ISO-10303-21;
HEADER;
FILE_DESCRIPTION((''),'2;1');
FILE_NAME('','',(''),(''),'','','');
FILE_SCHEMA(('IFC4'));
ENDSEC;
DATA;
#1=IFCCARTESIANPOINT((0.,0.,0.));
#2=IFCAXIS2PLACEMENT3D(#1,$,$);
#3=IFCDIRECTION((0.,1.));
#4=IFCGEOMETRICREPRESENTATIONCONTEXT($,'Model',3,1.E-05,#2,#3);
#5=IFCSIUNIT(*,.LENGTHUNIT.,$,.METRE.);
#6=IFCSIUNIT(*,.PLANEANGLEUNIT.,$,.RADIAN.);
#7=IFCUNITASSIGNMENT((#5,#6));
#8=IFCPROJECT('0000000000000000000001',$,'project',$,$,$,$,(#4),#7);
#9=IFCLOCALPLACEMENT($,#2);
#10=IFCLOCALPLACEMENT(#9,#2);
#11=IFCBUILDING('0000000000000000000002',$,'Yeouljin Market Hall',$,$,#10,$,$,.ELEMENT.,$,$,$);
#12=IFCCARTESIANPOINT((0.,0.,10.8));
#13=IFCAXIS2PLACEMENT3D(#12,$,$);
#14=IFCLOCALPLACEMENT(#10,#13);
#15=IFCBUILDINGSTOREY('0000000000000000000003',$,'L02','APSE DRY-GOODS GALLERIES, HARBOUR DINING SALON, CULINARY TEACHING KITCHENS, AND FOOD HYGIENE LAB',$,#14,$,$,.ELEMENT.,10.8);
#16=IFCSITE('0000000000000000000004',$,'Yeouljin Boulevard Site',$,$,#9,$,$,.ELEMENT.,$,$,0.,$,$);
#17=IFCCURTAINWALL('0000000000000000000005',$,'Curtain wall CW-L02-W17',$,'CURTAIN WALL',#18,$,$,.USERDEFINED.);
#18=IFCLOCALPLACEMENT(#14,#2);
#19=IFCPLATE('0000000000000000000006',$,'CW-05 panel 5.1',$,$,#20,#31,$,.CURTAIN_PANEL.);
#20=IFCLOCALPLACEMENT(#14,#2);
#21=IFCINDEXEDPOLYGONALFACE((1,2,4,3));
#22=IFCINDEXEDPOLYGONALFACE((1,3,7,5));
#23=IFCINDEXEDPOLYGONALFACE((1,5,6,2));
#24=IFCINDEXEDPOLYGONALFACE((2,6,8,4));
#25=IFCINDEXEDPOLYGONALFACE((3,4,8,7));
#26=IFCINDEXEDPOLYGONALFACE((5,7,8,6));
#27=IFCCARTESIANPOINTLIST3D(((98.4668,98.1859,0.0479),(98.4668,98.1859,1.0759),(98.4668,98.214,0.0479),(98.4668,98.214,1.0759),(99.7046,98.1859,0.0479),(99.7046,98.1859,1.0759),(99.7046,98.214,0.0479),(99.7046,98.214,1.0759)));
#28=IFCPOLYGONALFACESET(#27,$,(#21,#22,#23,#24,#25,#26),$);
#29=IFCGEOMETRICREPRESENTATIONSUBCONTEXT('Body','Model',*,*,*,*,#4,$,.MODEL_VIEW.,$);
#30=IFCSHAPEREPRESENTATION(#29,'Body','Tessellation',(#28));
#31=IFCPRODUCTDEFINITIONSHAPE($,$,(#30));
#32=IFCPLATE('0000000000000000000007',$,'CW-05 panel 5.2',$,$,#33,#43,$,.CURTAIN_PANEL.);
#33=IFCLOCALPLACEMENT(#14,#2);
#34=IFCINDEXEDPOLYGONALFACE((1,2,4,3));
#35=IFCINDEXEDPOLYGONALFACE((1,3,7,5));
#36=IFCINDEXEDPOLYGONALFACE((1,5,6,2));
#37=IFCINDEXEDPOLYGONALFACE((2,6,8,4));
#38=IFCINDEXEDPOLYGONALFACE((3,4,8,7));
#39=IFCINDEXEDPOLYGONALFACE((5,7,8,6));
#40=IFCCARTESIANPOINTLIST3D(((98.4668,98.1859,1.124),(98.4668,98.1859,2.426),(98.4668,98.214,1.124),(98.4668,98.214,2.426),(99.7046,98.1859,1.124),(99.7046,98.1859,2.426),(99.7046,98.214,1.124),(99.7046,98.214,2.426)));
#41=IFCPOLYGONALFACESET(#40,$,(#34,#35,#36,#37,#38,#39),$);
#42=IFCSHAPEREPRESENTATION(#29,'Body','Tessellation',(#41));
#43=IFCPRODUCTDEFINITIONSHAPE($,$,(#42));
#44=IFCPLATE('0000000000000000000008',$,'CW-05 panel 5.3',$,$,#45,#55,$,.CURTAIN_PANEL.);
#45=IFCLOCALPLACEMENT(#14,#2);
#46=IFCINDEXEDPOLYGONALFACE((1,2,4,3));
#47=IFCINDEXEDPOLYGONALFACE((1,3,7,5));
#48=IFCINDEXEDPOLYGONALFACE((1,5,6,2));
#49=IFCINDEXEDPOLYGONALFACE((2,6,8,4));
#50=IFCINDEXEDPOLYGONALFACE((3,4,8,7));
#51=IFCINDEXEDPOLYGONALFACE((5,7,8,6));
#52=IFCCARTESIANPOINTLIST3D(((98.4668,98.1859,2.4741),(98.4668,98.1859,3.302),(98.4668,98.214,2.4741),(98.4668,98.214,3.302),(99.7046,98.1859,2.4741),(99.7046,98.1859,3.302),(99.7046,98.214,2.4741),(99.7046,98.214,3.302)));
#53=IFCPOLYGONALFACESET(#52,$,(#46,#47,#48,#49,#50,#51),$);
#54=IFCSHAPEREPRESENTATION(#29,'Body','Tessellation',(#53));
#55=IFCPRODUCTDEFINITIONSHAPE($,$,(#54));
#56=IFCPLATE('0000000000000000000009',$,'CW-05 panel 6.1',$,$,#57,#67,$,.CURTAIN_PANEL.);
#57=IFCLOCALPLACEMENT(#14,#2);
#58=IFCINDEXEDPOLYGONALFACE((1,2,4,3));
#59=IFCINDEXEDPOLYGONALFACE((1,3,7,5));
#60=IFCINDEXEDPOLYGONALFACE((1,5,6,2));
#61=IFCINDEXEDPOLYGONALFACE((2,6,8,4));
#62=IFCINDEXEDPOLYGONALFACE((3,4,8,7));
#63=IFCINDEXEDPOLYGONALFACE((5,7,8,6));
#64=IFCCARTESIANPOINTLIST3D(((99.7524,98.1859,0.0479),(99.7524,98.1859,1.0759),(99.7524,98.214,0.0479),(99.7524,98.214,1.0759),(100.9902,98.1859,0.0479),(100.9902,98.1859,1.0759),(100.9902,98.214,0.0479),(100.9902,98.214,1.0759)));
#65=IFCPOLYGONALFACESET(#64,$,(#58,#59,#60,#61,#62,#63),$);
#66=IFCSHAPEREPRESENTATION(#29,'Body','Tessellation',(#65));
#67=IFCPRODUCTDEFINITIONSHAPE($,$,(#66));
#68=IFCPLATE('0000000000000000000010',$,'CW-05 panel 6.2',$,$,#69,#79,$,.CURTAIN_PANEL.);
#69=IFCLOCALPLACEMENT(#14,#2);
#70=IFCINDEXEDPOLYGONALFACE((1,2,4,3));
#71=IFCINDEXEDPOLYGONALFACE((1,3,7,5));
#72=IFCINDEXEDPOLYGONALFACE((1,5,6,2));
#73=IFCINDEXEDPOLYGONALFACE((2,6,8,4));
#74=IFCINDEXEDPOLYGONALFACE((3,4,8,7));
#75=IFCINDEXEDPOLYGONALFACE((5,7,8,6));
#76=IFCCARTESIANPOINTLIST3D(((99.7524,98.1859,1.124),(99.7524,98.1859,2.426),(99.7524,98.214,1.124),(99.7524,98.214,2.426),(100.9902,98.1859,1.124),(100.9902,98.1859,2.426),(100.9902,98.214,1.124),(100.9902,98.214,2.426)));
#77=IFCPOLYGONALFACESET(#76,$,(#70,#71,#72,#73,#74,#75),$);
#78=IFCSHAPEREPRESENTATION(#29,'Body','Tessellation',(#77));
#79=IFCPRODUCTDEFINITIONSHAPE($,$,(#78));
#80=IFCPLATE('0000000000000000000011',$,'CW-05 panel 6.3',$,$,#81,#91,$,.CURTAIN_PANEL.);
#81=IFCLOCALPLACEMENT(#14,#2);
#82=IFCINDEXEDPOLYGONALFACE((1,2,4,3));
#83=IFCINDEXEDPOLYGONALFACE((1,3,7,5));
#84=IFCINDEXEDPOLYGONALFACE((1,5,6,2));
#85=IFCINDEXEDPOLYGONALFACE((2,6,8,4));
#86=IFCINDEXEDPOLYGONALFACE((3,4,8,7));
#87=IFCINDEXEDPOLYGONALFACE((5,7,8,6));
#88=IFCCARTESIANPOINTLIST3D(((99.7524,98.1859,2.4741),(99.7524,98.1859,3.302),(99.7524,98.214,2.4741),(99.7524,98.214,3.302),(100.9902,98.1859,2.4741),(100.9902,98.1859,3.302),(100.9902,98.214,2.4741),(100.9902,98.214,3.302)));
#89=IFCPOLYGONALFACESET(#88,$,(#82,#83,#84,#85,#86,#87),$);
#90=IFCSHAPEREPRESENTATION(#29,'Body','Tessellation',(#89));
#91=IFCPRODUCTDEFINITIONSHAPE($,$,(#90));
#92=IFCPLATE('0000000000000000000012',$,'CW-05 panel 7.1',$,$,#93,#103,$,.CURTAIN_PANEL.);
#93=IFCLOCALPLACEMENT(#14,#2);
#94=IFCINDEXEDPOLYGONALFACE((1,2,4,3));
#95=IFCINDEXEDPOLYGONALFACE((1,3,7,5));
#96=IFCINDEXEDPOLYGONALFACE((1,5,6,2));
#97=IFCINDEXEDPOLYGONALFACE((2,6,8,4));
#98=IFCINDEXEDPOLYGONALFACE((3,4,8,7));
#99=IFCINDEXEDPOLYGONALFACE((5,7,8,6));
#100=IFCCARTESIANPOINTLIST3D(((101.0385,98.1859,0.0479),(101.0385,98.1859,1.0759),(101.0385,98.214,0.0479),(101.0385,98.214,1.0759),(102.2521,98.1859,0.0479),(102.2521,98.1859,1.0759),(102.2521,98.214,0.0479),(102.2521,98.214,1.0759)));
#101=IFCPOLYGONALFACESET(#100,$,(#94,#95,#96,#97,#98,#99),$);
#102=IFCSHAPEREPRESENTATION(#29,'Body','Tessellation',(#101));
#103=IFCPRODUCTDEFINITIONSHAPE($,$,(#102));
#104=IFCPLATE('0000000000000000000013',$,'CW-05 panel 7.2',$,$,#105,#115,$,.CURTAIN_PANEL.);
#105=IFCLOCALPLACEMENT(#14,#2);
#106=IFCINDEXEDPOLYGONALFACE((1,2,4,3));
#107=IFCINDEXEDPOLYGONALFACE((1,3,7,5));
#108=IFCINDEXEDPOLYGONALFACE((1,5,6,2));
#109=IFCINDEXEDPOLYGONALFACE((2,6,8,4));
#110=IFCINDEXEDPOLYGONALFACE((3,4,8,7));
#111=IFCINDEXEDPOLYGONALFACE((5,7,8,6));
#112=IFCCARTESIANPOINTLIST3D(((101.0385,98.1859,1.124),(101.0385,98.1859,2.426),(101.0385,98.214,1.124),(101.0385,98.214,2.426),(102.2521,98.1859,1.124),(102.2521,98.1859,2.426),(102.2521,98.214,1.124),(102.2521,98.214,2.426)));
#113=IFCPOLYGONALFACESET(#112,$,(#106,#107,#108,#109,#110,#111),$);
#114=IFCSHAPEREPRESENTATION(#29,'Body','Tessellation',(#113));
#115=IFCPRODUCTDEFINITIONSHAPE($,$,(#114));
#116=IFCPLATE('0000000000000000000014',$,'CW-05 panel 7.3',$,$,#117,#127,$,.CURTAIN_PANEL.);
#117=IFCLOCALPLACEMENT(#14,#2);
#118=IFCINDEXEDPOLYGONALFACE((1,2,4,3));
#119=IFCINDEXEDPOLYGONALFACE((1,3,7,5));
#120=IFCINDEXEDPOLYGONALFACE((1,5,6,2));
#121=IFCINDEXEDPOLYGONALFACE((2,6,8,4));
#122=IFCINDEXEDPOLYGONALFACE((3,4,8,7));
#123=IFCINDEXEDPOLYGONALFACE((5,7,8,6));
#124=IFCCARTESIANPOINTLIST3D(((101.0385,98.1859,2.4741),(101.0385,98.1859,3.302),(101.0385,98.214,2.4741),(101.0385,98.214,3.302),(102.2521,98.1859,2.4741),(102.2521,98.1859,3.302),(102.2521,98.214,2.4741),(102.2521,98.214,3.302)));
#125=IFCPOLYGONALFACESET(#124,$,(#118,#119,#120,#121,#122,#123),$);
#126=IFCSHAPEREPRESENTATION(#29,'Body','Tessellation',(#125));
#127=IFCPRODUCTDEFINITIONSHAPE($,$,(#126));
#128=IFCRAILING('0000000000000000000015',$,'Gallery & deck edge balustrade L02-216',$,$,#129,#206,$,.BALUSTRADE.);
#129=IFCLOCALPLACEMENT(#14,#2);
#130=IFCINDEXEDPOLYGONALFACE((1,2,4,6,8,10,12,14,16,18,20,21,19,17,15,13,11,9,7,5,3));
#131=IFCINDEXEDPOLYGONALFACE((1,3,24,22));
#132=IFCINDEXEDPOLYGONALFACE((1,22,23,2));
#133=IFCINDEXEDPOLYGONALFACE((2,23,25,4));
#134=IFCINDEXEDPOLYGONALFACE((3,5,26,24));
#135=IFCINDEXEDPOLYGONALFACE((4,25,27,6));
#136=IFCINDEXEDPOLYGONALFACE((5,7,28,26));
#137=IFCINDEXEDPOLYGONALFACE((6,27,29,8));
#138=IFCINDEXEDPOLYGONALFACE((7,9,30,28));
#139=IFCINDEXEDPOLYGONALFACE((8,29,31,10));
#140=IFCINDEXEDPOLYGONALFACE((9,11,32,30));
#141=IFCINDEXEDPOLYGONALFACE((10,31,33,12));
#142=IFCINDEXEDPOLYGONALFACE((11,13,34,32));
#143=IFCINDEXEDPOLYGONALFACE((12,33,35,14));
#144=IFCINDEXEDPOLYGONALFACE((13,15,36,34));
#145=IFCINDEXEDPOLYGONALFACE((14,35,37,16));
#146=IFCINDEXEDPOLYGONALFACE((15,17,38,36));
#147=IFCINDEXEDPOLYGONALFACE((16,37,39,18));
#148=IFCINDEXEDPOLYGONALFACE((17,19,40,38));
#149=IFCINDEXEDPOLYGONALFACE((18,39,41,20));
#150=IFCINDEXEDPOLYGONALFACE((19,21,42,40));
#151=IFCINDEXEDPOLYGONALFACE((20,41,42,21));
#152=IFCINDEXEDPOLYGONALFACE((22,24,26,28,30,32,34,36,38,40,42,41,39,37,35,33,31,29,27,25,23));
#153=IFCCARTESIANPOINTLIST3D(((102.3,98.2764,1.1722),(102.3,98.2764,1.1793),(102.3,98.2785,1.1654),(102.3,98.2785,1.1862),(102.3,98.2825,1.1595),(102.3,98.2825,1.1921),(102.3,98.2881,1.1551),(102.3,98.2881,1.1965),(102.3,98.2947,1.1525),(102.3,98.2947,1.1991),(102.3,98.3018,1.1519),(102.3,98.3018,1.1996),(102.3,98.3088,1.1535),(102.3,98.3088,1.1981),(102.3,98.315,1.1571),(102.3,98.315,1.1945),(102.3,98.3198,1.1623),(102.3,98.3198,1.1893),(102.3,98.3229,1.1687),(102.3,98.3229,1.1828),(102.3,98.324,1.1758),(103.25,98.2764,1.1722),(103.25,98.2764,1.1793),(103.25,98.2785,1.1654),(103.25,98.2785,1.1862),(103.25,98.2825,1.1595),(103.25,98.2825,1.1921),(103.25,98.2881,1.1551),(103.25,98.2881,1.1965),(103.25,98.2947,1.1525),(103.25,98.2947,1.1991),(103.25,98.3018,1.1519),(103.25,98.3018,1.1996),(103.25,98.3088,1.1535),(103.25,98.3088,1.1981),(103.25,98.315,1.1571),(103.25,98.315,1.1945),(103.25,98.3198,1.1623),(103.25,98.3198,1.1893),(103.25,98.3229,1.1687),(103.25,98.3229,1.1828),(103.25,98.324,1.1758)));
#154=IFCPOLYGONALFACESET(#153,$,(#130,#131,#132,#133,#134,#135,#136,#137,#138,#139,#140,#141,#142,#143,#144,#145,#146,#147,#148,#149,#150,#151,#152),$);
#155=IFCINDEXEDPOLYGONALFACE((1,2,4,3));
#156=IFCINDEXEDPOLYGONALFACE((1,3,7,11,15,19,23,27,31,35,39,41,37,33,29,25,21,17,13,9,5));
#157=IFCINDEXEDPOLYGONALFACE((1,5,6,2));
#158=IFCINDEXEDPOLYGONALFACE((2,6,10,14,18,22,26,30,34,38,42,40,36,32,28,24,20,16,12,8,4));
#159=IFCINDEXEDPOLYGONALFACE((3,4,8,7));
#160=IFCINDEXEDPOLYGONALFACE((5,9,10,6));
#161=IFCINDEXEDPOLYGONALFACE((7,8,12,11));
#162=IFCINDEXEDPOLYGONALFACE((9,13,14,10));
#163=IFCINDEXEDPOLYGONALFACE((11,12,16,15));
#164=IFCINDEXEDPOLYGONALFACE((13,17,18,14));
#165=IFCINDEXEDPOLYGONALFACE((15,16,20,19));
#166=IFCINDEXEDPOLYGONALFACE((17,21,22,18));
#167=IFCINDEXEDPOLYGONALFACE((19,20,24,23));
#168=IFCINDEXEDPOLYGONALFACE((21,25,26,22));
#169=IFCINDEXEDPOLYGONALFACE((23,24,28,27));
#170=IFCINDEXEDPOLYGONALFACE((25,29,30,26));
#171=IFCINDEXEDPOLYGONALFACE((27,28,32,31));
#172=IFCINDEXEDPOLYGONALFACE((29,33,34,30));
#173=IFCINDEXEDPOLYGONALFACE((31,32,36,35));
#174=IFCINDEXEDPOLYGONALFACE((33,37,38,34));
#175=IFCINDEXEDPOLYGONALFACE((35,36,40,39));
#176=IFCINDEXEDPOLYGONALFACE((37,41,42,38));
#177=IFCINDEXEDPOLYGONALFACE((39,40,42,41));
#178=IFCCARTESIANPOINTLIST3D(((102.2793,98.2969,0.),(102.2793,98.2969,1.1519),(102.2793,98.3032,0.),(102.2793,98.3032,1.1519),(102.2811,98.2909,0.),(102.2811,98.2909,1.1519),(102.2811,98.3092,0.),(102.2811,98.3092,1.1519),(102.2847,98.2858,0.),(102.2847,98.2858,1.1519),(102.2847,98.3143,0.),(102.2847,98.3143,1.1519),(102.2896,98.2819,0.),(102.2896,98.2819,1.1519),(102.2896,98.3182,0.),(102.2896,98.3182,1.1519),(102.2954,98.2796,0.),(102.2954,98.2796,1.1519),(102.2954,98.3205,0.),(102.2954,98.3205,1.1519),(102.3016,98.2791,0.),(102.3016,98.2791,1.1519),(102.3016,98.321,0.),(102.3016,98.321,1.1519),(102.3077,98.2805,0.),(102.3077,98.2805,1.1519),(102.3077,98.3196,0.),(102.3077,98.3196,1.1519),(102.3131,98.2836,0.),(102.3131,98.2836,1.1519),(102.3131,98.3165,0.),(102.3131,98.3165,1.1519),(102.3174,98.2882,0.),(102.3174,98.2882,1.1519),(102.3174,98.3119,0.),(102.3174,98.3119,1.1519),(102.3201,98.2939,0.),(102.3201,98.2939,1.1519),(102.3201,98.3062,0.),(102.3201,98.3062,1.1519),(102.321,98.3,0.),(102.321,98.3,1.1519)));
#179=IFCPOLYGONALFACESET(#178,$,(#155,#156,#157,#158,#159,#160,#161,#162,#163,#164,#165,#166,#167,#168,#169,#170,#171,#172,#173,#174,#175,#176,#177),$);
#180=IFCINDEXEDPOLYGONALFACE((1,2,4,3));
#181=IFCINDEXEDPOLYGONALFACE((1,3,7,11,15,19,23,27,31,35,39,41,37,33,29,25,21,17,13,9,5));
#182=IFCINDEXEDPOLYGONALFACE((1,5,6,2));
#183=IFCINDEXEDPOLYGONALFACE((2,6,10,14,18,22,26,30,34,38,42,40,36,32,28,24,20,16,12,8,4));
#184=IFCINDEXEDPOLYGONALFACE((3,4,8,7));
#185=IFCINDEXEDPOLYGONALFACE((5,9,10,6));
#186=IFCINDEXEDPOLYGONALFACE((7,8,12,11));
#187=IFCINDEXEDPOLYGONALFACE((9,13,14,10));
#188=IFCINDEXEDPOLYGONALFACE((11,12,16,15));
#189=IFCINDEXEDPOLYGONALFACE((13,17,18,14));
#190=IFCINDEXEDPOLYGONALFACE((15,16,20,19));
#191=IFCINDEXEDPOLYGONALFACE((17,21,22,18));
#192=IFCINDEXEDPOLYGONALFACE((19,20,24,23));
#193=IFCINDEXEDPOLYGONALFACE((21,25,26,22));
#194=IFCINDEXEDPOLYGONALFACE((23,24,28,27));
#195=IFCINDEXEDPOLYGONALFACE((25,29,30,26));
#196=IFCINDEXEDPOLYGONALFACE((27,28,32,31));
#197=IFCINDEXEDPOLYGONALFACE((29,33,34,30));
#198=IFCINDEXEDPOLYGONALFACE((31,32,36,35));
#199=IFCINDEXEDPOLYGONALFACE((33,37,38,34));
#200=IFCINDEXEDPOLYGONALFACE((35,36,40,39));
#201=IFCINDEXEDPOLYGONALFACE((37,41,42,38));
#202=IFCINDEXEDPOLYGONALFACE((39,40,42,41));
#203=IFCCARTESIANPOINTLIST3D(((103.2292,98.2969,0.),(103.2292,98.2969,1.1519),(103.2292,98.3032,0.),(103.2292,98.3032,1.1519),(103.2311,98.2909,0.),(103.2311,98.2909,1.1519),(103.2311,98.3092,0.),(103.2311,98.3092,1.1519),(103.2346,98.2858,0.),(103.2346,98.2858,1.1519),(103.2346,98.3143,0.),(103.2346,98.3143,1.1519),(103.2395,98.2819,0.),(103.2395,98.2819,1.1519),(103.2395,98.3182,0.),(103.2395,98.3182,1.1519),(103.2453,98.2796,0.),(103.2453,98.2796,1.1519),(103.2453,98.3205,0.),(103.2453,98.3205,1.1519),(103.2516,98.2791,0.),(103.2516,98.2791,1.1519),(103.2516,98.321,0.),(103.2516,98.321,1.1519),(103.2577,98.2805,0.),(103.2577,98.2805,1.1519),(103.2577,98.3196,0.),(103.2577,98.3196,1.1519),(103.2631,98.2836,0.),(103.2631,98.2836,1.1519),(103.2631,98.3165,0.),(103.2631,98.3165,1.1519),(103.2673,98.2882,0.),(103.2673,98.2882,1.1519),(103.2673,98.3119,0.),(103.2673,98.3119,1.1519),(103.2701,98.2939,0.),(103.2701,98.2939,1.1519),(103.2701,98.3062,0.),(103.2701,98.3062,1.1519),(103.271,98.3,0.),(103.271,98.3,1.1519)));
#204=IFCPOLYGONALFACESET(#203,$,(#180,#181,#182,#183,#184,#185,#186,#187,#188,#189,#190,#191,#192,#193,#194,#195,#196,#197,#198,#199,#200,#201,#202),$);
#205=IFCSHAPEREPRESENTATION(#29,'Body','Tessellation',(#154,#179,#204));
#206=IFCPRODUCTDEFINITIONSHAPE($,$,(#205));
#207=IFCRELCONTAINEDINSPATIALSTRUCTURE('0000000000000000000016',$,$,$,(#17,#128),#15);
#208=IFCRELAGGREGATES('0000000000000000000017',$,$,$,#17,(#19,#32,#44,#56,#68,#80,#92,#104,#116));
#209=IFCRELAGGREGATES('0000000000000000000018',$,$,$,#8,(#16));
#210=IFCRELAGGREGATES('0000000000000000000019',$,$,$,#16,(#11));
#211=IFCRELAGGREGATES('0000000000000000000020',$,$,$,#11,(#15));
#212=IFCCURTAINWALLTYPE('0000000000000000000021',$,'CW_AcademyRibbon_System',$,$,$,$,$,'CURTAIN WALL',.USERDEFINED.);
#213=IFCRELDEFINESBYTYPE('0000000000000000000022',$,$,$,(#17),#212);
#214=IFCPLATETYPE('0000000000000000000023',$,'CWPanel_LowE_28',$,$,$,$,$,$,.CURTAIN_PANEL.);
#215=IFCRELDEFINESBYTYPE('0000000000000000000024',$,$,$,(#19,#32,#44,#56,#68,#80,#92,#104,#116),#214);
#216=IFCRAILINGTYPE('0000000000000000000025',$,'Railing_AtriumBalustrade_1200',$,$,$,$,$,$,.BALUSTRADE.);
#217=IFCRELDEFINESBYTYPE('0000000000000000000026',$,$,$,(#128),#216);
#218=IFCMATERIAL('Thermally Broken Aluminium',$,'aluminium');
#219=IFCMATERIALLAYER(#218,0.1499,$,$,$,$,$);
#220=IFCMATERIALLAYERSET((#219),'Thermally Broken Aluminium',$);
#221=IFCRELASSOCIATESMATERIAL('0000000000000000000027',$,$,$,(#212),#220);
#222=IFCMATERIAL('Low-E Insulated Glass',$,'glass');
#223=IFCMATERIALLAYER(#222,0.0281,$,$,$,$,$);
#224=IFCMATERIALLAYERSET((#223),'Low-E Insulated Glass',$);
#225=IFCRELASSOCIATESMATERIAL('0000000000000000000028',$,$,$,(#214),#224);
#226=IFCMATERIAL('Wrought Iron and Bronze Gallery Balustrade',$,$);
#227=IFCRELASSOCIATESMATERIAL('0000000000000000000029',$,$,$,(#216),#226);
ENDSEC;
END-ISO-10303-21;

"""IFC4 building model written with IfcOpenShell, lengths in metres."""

from ifc_helpers import new_model, si_unit, direction, frame, origin, origin_2d, place, context, subcontext, project, spatial, rectangle, circle, extrude, material, layer, layer_set, type_object, element, aggregate, save


model = new_model("IFC4")

# Units and contexts
model_context = context("Model", 3, precision=1e-05, world=origin(), true_north=direction((0.0, 1.0)))
body_context = subcontext(model_context, "Body", "Model", "MODEL_VIEW")
ifc_project = project(units=[si_unit("LENGTHUNIT", "METRE"), si_unit("PLANEANGLEUNIT", "RADIAN")], contexts=[model_context])

# Site, building, storey
site_placement = place(None, origin())
site = spatial("IfcSite", under=ifc_project, at=site_placement, Name="Yeouljin Boulevard Site", CompositionType="ELEMENT", RefElevation=0.0)
building_placement = place(site_placement, origin())
building = spatial("IfcBuilding", under=site, at=building_placement, Name="Yeouljin Market Hall", CompositionType="ELEMENT")
storey_placement = place(building_placement, frame((0.0, 0.0, 10.8)))
storey = spatial("IfcBuildingStorey", under=building, at=storey_placement, Name="L02", Description="APSE DRY-GOODS GALLERIES, HARBOUR DINING SALON, CULINARY TEACHING KITCHENS, AND FOOD HYGIENE LAB", CompositionType="ELEMENT", Elevation=10.8)

# Curtain wall
ifc_material_1 = material(Name="Thermally Broken Aluminium", Category="aluminium")
ifc_layer_1 = layer(ifc_material_1, 0.1499)
ifc_layer_set_1 = layer_set([ifc_layer_1], Name="Thermally Broken Aluminium")
curtain_wall_type = type_object("IfcCurtainWallType", Name="CW_AcademyRibbon_System", ElementType="CURTAIN WALL", PredefinedType="USERDEFINED", material=ifc_layer_set_1)
curtain_wall_placement = place(storey_placement, origin())
curtain_wall = element("IfcCurtainWall", 1, at=curtain_wall_placement, inside=storey, type_object=curtain_wall_type, Name="Curtain wall CW-L02-W17", ObjectType="CURTAIN WALL", PredefinedType="USERDEFINED")

# Plates
ifc_material_2 = material(Name="Low-E Insulated Glass", Category="glass")
ifc_layer_2 = layer(ifc_material_2, 0.0281)
ifc_layer_set_2 = layer_set([ifc_layer_2], Name="Low-E Insulated Glass")
plate_type = type_object("IfcPlateType", Name="CWPanel_LowE_28", PredefinedType="CURTAIN_PANEL", material=ifc_layer_set_2)
plate_1_placement = place(storey_placement, frame((99.0857, 98.2, 0.0479), z_axis=(0.0, 0.0, 1.0), x_axis=(1.0, 0.0, 0.0)))
plate_1 = element("IfcPlate", 2, at=plate_1_placement, type_object=plate_type, Name="CW-05 panel 5.1", PredefinedType="CURTAIN_PANEL", context=body_context, shape_type="SweptSolid", body=[
    extrude(rectangle(XDim=1.2378, YDim=0.0281, at=origin_2d()), origin(), (0.0, 0.0, 1.0), 1.0281),
])
plate_2_placement = place(storey_placement, frame((99.0857, 98.2, 1.124), z_axis=(0.0, 0.0, 1.0), x_axis=(1.0, 0.0, 0.0)))
plate_2 = element("IfcPlate", 3, at=plate_2_placement, type_object=plate_type, Name="CW-05 panel 5.2", PredefinedType="CURTAIN_PANEL", context=body_context, shape_type="SweptSolid", body=[
    extrude(rectangle(XDim=1.2378, YDim=0.0281, at=origin_2d()), origin(), (0.0, 0.0, 1.0), 1.302),
])
plate_3_placement = place(storey_placement, frame((99.0857, 98.2, 2.4741), z_axis=(0.0, 0.0, 1.0), x_axis=(1.0, 0.0, 0.0)))
plate_3 = element("IfcPlate", 4, at=plate_3_placement, type_object=plate_type, Name="CW-05 panel 5.3", PredefinedType="CURTAIN_PANEL", context=body_context, shape_type="SweptSolid", body=[
    extrude(rectangle(XDim=1.2378, YDim=0.0281, at=origin_2d()), origin(), (0.0, 0.0, 1.0), 0.8279),
])
plate_4_placement = place(storey_placement, frame((100.3713, 98.2, 0.0479), z_axis=(0.0, 0.0, 1.0), x_axis=(1.0, 0.0, 0.0)))
plate_4 = element("IfcPlate", 5, at=plate_4_placement, type_object=plate_type, Name="CW-05 panel 6.1", PredefinedType="CURTAIN_PANEL", context=body_context, shape_type="SweptSolid", body=[
    extrude(rectangle(XDim=1.2378, YDim=0.0281, at=origin_2d()), origin(), (0.0, 0.0, 1.0), 1.0281),
])
plate_5_placement = place(storey_placement, frame((100.3713, 98.2, 1.124), z_axis=(0.0, 0.0, 1.0), x_axis=(1.0, 0.0, 0.0)))
plate_5 = element("IfcPlate", 6, at=plate_5_placement, type_object=plate_type, Name="CW-05 panel 6.2", PredefinedType="CURTAIN_PANEL", context=body_context, shape_type="SweptSolid", body=[
    extrude(rectangle(XDim=1.2378, YDim=0.0281, at=origin_2d()), origin(), (0.0, 0.0, 1.0), 1.302),
])
plate_6_placement = place(storey_placement, frame((100.3713, 98.2, 2.4741), z_axis=(0.0, 0.0, 1.0), x_axis=(1.0, 0.0, 0.0)))
plate_6 = element("IfcPlate", 7, at=plate_6_placement, type_object=plate_type, Name="CW-05 panel 6.3", PredefinedType="CURTAIN_PANEL", context=body_context, shape_type="SweptSolid", body=[
    extrude(rectangle(XDim=1.2378, YDim=0.0281, at=origin_2d()), origin(), (0.0, 0.0, 1.0), 0.8279),
])
plate_7_placement = place(storey_placement, frame((101.6453, 98.2, 0.0479), z_axis=(0.0, 0.0, 1.0), x_axis=(1.0, 0.0, 0.0)))
plate_7 = element("IfcPlate", 8, at=plate_7_placement, type_object=plate_type, Name="CW-05 panel 7.1", PredefinedType="CURTAIN_PANEL", context=body_context, shape_type="SweptSolid", body=[
    extrude(rectangle(XDim=1.2136, YDim=0.0281, at=origin_2d()), origin(), (0.0, 0.0, 1.0), 1.0281),
])
plate_8_placement = place(storey_placement, frame((101.6453, 98.2, 1.124), z_axis=(0.0, 0.0, 1.0), x_axis=(1.0, 0.0, 0.0)))
plate_8 = element("IfcPlate", 9, at=plate_8_placement, type_object=plate_type, Name="CW-05 panel 7.2", PredefinedType="CURTAIN_PANEL", context=body_context, shape_type="SweptSolid", body=[
    extrude(rectangle(XDim=1.2136, YDim=0.0281, at=origin_2d()), origin(), (0.0, 0.0, 1.0), 1.302),
])
plate_9_placement = place(storey_placement, frame((101.6453, 98.2, 2.4741), z_axis=(0.0, 0.0, 1.0), x_axis=(1.0, 0.0, 0.0)))
plate_9 = element("IfcPlate", 10, at=plate_9_placement, type_object=plate_type, Name="CW-05 panel 7.3", PredefinedType="CURTAIN_PANEL", context=body_context, shape_type="SweptSolid", body=[
    extrude(rectangle(XDim=1.2136, YDim=0.0281, at=origin_2d()), origin(), (0.0, 0.0, 1.0), 0.8279),
])
aggregate(curtain_wall, [plate_1, plate_2, plate_3, plate_4, plate_5, plate_6, plate_7, plate_8, plate_9])

# Railing
ifc_material_3 = material(Name="Wrought Iron and Bronze Gallery Balustrade")
railing_type = type_object("IfcRailingType", Name="Railing_AtriumBalustrade_1200", PredefinedType="BALUSTRADE", material=ifc_material_3)
railing_placement = place(storey_placement, frame((102.3, 98.3, 0.0)))
element("IfcRailing", 11, at=railing_placement, inside=storey, type_object=railing_type, Name="Gallery & deck edge balustrade L02-216", PredefinedType="BALUSTRADE", context=body_context, shape_type="SweptSolid", body=[
    extrude(circle(Radius=0.0239, at=origin_2d()), frame((0.0, 0.0, 1.1758), z_axis=(1.0, 0.0, 0.0), x_axis=(0.0, 1.0, 0.0)), (0.0, 0.0, 1.0), 0.95),
    extrude(circle(Radius=0.021, at=origin_2d()), origin(), (0.0, 0.0, 1.0), 1.1519),
    extrude(circle(Radius=0.021, at=origin_2d()), frame((0.95, 0.0, 0.0)), (0.0, 0.0, 1.0), 1.1519),
])

save(model, "model.ifc")
